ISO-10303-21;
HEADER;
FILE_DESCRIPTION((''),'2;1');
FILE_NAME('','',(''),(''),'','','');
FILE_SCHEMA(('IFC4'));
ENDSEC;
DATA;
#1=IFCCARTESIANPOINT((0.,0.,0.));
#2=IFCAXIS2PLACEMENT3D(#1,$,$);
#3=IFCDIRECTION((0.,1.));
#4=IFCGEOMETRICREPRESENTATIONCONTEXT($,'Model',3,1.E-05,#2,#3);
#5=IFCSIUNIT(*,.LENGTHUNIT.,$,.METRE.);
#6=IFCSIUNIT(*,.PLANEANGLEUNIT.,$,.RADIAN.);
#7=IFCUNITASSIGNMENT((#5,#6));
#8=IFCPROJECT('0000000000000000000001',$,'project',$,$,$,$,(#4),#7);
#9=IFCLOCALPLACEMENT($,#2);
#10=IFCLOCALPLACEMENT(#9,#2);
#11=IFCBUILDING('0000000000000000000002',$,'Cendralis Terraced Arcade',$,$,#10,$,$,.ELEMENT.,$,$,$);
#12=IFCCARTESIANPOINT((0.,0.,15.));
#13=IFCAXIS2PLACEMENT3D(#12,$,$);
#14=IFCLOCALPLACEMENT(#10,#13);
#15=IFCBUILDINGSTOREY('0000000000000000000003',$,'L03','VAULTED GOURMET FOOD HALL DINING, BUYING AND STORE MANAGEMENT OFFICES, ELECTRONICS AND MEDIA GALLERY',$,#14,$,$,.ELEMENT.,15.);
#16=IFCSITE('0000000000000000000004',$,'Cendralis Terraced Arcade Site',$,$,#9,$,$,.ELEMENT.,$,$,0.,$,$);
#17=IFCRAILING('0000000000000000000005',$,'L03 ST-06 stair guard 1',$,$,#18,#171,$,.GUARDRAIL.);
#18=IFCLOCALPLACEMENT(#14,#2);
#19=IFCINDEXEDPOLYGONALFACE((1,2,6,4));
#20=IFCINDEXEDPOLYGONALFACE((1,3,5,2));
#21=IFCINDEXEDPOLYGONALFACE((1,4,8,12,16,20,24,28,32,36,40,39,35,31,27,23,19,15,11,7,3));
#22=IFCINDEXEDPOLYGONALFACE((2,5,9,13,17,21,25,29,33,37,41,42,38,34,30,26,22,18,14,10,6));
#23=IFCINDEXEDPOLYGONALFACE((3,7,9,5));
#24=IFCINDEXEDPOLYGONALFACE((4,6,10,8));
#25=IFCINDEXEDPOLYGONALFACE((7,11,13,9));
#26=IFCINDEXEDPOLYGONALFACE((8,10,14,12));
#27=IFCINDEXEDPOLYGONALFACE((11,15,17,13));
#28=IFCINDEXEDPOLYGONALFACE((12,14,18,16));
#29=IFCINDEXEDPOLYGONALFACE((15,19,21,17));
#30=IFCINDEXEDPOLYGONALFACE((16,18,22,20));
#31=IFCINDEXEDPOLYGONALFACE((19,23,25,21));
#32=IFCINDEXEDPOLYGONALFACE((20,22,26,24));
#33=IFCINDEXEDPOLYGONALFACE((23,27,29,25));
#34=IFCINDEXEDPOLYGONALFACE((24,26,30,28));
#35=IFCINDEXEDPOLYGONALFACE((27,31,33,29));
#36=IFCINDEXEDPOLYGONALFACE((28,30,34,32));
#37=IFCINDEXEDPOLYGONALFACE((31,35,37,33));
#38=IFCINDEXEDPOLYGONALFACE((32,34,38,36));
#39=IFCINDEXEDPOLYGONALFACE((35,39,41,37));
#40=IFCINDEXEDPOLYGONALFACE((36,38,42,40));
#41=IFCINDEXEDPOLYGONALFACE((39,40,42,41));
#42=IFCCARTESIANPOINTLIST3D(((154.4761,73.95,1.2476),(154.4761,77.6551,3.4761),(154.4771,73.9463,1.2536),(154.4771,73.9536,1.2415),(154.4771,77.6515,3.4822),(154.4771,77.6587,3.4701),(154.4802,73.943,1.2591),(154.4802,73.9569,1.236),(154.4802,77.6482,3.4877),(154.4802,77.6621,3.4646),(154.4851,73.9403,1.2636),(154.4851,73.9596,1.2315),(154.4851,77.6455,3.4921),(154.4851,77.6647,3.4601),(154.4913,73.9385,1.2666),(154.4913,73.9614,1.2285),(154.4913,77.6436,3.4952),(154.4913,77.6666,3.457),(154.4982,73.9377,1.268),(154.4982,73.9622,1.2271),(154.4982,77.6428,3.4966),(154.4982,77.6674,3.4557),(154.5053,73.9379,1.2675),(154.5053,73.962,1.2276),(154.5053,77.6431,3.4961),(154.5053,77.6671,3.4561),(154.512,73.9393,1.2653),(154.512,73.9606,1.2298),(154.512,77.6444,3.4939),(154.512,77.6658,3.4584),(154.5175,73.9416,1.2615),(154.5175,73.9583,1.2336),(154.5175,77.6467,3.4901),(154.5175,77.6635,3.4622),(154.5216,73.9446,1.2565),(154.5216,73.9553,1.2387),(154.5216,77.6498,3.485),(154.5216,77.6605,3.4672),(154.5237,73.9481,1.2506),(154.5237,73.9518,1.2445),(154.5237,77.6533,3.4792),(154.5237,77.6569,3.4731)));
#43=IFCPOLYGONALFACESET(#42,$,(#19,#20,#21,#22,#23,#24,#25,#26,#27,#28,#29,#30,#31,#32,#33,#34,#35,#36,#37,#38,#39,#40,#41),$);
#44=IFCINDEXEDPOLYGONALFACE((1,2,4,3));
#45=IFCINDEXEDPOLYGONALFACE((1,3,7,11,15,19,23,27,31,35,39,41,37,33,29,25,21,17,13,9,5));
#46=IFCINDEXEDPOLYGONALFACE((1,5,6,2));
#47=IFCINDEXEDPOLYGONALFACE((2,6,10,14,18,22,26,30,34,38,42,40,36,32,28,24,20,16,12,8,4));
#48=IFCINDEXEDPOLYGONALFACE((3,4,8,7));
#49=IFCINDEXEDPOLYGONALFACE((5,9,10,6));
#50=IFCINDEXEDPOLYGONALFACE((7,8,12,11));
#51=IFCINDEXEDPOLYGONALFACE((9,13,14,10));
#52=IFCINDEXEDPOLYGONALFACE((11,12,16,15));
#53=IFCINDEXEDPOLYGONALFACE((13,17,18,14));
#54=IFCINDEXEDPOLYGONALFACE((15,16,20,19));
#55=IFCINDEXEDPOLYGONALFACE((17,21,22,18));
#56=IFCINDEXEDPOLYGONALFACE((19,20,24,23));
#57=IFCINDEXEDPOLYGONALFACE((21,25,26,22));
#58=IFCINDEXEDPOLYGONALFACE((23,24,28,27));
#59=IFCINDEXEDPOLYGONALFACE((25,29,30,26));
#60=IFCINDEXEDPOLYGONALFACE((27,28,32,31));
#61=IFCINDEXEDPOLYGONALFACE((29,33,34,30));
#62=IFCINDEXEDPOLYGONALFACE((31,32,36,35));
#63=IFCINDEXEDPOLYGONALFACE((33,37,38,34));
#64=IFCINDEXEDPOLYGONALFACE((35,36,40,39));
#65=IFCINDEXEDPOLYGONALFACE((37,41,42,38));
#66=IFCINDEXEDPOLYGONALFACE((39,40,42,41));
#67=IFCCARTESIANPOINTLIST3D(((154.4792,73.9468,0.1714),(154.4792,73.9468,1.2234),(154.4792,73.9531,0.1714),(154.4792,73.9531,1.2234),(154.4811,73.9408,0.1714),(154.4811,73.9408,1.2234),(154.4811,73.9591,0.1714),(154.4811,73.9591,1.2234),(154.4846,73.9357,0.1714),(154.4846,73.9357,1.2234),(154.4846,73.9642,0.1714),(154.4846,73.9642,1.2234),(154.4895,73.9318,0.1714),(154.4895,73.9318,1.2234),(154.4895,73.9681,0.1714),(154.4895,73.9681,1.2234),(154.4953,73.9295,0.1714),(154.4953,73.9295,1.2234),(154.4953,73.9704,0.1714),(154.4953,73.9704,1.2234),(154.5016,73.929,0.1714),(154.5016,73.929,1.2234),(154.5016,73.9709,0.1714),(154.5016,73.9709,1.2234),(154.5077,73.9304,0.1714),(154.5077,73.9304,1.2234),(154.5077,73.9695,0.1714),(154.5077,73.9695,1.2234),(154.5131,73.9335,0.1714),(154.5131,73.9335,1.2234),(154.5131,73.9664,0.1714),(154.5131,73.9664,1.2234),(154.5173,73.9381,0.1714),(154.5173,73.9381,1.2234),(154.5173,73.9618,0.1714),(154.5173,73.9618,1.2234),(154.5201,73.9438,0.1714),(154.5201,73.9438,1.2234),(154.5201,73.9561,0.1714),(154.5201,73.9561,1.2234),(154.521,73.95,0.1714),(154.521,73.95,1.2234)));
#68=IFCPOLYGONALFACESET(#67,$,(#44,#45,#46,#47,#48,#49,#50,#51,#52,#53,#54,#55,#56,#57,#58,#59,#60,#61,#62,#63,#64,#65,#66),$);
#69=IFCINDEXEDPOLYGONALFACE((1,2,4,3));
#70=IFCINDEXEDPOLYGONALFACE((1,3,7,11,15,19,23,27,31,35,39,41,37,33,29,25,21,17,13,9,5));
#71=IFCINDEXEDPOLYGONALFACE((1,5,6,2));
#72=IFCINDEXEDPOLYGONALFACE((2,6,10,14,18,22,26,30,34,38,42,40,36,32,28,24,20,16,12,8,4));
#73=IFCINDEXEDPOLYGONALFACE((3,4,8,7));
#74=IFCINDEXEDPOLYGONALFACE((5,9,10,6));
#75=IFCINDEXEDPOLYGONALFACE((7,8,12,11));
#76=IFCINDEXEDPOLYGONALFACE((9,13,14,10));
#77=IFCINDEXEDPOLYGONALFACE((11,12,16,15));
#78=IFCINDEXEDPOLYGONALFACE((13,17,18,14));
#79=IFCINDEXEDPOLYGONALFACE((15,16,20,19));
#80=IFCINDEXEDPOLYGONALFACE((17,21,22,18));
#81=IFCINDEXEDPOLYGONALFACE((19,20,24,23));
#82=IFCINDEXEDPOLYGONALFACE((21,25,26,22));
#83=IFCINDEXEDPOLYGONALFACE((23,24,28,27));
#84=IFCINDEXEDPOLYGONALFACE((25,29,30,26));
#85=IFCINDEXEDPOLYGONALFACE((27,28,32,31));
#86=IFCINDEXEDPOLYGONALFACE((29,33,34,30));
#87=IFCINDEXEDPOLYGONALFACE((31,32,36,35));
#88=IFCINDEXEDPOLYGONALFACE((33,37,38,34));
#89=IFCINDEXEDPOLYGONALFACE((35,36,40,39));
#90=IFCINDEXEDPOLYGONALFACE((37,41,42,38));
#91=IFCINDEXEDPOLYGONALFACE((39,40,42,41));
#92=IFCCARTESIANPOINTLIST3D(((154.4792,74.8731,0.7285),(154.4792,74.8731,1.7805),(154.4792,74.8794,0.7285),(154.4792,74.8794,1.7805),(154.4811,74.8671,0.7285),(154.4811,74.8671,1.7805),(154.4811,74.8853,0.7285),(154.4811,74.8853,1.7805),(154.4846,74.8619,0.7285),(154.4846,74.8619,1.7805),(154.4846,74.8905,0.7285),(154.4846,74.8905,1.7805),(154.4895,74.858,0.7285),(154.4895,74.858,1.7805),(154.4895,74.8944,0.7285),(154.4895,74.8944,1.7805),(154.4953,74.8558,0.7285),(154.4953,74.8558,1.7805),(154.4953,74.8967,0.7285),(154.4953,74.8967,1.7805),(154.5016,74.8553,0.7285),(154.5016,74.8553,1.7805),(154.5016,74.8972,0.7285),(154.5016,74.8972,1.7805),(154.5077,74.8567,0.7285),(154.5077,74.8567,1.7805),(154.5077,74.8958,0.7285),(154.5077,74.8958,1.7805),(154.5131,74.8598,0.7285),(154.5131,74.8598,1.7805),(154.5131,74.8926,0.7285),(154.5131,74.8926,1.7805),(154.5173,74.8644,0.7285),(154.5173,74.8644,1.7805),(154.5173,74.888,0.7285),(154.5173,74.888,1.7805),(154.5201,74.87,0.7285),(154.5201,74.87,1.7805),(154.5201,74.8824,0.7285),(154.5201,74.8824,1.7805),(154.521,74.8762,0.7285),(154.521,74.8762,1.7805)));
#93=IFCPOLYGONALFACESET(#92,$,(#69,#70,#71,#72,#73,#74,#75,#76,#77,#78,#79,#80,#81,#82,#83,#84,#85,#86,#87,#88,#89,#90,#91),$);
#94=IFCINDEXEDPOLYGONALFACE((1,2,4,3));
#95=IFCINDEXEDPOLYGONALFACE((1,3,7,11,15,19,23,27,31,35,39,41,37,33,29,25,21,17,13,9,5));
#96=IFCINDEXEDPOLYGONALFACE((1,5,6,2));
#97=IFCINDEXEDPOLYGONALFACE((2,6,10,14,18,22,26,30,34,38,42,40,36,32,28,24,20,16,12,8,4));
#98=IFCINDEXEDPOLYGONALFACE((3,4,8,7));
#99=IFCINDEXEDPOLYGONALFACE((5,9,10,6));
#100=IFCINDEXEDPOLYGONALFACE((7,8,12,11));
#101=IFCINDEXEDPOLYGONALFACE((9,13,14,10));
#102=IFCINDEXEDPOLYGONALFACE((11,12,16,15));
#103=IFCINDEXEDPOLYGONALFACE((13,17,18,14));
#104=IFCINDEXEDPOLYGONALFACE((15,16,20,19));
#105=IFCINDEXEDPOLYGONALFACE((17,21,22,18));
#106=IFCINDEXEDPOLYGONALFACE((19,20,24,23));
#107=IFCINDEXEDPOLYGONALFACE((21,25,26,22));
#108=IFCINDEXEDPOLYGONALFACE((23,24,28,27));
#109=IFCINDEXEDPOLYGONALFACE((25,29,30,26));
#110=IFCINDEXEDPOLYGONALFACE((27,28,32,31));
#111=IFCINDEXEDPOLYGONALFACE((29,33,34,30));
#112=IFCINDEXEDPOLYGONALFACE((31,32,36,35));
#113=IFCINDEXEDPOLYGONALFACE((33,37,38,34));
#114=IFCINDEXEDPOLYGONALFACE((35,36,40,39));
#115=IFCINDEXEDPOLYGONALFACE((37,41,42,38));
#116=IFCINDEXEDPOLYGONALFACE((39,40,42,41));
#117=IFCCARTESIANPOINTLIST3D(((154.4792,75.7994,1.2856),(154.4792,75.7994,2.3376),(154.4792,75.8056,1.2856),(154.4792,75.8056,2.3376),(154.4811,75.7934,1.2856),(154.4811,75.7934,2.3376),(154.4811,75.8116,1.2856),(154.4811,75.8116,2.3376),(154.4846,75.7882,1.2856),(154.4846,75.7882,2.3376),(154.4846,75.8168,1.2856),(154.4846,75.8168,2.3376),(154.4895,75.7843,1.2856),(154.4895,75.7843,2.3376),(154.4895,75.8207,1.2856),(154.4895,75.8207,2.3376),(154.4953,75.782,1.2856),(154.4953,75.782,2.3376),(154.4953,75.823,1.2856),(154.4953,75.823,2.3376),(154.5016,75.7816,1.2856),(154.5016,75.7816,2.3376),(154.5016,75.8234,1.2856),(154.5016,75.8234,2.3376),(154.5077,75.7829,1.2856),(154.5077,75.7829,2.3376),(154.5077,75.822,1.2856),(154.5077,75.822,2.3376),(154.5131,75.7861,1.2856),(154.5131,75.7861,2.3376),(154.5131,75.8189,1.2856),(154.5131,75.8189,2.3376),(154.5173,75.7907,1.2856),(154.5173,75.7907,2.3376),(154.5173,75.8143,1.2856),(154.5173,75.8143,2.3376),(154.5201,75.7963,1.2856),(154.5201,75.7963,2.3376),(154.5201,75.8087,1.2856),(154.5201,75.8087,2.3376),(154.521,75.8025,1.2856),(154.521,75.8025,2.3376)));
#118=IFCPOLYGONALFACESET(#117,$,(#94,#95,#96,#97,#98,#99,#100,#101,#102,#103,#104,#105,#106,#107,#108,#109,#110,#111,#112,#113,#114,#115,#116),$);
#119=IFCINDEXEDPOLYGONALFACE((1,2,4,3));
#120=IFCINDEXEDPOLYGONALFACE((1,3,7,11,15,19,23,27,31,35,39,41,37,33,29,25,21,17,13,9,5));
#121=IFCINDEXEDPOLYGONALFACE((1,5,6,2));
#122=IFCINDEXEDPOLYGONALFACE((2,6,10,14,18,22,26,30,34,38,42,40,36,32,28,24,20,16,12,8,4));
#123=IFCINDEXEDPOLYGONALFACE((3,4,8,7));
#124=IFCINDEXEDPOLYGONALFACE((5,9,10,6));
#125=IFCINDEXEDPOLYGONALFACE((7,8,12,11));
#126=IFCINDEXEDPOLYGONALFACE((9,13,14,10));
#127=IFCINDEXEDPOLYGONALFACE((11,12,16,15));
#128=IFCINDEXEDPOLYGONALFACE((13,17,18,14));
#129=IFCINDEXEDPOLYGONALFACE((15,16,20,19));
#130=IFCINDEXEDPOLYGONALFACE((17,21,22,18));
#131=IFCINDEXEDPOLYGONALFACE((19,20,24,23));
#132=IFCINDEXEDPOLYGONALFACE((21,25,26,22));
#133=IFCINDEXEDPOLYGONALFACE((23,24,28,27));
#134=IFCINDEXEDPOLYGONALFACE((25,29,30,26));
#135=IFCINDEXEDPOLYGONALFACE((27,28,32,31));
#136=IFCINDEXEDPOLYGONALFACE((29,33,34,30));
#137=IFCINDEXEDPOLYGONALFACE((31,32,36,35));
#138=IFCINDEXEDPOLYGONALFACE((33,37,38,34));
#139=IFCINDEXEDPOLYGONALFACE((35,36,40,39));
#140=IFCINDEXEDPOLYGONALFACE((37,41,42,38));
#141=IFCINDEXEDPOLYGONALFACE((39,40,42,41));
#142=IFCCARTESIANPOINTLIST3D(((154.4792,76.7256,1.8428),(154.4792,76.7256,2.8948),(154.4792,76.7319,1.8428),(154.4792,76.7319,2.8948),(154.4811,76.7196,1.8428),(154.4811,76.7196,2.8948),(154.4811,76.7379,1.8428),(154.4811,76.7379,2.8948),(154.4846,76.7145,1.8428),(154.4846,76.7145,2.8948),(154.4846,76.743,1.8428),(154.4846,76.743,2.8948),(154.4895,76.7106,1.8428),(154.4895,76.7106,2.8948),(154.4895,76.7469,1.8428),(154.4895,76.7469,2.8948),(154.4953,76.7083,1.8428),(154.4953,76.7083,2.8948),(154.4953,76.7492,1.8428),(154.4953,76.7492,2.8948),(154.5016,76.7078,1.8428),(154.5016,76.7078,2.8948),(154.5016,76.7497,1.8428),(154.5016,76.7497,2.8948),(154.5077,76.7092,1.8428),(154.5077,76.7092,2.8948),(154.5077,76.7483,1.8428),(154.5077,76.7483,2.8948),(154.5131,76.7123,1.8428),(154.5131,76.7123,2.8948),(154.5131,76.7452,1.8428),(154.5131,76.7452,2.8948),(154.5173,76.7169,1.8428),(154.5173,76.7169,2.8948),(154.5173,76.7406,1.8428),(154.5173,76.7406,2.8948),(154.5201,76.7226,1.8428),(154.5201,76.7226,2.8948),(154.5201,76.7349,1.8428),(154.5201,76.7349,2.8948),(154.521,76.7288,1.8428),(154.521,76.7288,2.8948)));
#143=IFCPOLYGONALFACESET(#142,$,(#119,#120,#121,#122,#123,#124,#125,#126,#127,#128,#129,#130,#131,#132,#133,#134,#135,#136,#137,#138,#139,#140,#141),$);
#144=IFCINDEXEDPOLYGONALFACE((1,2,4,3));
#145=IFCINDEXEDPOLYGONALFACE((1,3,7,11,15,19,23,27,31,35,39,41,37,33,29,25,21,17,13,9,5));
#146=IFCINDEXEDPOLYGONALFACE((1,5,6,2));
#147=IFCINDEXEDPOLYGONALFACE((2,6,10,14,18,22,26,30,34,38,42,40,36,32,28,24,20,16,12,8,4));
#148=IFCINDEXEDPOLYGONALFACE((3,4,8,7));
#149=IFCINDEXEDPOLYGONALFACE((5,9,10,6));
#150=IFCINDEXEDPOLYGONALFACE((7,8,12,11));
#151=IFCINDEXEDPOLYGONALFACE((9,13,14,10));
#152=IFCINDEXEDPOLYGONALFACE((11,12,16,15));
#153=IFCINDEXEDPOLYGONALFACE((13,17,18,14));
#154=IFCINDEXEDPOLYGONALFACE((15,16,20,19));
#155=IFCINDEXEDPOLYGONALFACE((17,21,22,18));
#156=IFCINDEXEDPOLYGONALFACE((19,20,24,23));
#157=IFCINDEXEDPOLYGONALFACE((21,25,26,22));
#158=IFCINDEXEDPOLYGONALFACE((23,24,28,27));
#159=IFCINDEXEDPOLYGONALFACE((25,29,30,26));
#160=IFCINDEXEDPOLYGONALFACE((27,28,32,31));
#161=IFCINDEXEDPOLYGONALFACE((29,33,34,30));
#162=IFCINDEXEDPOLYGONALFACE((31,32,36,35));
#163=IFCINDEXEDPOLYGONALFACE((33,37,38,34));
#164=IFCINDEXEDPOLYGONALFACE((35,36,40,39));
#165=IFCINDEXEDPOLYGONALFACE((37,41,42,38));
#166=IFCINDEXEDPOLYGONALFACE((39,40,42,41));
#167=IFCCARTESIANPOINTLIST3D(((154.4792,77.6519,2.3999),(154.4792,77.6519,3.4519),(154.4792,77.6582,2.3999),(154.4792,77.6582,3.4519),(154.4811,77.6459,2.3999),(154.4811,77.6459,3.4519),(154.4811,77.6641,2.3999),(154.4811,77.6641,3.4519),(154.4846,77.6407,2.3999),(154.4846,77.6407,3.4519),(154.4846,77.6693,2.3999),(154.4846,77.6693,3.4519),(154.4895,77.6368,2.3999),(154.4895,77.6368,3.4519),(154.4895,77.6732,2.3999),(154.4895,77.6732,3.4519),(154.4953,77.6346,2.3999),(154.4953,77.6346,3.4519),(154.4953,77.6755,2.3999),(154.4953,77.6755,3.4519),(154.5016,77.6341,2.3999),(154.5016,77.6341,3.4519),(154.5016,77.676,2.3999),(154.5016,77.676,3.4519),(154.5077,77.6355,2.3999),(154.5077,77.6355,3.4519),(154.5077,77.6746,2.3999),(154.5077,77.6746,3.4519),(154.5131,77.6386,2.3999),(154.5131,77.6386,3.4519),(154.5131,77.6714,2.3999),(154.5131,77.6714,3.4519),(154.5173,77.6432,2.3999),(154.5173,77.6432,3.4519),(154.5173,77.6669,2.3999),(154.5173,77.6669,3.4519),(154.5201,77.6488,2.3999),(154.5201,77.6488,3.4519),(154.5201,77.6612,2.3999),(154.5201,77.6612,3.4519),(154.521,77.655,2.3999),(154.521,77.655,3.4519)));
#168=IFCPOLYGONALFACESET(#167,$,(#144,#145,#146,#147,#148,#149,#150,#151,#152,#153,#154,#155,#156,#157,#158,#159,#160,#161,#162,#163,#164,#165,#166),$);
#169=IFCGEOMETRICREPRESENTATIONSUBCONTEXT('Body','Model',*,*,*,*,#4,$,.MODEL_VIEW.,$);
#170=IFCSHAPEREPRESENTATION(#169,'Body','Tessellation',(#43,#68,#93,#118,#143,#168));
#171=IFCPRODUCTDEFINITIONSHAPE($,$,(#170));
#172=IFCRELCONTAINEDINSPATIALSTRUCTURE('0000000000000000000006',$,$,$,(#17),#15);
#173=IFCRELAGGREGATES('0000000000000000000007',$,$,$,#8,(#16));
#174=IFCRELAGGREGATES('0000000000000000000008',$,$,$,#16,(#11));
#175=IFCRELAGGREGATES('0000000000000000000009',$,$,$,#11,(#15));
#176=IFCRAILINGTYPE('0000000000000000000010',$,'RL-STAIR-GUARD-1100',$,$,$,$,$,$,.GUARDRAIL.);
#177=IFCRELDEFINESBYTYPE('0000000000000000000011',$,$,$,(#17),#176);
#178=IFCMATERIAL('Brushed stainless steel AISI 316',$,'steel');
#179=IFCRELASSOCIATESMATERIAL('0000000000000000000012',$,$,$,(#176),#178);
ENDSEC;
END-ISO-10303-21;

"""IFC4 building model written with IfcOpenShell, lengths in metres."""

from ifc_helpers import new_model, si_unit, direction, frame, origin, origin_2d, place, context, subcontext, project, spatial, circle, extrude, material, type_object, element, save


model = new_model("IFC4")

# Units and contexts
model_context = context("Model", 3, precision=1e-05, world=origin(), true_north=direction((0.0, 1.0)))
body_context = subcontext(model_context, "Body", "Model", "MODEL_VIEW")
ifc_project = project(units=[si_unit("LENGTHUNIT", "METRE"), si_unit("PLANEANGLEUNIT", "RADIAN")], contexts=[model_context])

# Site, building, storey
site_placement = place(None, origin())
site = spatial("IfcSite", under=ifc_project, at=site_placement, Name="Cendralis Terraced Arcade Site", CompositionType="ELEMENT", RefElevation=0.0)
building_placement = place(site_placement, origin())
building = spatial("IfcBuilding", under=site, at=building_placement, Name="Cendralis Terraced Arcade", CompositionType="ELEMENT")
storey_placement = place(building_placement, frame((0.0, 0.0, 15.0)))
storey = spatial("IfcBuildingStorey", under=building, at=storey_placement, Name="L03", Description="VAULTED GOURMET FOOD HALL DINING, BUYING AND STORE MANAGEMENT OFFICES, ELECTRONICS AND MEDIA GALLERY", CompositionType="ELEMENT", Elevation=15.0)

# Railing
ifc_material_1 = material(Name="Brushed stainless steel AISI 316", Category="steel")
railing_type_1 = type_object("IfcRailingType", Name="RL-STAIR-GUARD-1100", PredefinedType="GUARDRAIL", material=ifc_material_1)
railing_1_placement = place(storey_placement, frame((154.5, 73.95, 0.1714)))
element("IfcRailing", 1, at=railing_1_placement, inside=storey, type_object=railing_type_1, Name="L03 ST-06 stair guard 1", PredefinedType="GUARDRAIL", context=body_context, shape_type="SweptSolid", body=[
    extrude(circle(Radius=0.0239, at=origin_2d()), frame((0.0, 0.0, 1.0762), z_axis=(0.0, 0.856934, 0.515425), x_axis=(-1.0, 0.0, 0.0)), (0.0, 0.0, 1.0), 4.3237),
    extrude(circle(Radius=0.021, at=origin_2d()), origin(), (0.0, 0.0, 1.0), 1.052),
    extrude(circle(Radius=0.021, at=origin_2d()), frame((0.0, 0.9263, 0.5571)), (0.0, 0.0, 1.0), 1.052),
    extrude(circle(Radius=0.021, at=origin_2d()), frame((0.0, 1.8525, 1.1143)), (0.0, 0.0, 1.0), 1.052),
    extrude(circle(Radius=0.021, at=origin_2d()), frame((0.0, 2.7788, 1.6714)), (0.0, 0.0, 1.0), 1.052),
    extrude(circle(Radius=0.021, at=origin_2d()), frame((0.0, 3.7051, 2.2285)), (0.0, 0.0, 1.0), 1.052),
])

save(model, "model.ifc")
